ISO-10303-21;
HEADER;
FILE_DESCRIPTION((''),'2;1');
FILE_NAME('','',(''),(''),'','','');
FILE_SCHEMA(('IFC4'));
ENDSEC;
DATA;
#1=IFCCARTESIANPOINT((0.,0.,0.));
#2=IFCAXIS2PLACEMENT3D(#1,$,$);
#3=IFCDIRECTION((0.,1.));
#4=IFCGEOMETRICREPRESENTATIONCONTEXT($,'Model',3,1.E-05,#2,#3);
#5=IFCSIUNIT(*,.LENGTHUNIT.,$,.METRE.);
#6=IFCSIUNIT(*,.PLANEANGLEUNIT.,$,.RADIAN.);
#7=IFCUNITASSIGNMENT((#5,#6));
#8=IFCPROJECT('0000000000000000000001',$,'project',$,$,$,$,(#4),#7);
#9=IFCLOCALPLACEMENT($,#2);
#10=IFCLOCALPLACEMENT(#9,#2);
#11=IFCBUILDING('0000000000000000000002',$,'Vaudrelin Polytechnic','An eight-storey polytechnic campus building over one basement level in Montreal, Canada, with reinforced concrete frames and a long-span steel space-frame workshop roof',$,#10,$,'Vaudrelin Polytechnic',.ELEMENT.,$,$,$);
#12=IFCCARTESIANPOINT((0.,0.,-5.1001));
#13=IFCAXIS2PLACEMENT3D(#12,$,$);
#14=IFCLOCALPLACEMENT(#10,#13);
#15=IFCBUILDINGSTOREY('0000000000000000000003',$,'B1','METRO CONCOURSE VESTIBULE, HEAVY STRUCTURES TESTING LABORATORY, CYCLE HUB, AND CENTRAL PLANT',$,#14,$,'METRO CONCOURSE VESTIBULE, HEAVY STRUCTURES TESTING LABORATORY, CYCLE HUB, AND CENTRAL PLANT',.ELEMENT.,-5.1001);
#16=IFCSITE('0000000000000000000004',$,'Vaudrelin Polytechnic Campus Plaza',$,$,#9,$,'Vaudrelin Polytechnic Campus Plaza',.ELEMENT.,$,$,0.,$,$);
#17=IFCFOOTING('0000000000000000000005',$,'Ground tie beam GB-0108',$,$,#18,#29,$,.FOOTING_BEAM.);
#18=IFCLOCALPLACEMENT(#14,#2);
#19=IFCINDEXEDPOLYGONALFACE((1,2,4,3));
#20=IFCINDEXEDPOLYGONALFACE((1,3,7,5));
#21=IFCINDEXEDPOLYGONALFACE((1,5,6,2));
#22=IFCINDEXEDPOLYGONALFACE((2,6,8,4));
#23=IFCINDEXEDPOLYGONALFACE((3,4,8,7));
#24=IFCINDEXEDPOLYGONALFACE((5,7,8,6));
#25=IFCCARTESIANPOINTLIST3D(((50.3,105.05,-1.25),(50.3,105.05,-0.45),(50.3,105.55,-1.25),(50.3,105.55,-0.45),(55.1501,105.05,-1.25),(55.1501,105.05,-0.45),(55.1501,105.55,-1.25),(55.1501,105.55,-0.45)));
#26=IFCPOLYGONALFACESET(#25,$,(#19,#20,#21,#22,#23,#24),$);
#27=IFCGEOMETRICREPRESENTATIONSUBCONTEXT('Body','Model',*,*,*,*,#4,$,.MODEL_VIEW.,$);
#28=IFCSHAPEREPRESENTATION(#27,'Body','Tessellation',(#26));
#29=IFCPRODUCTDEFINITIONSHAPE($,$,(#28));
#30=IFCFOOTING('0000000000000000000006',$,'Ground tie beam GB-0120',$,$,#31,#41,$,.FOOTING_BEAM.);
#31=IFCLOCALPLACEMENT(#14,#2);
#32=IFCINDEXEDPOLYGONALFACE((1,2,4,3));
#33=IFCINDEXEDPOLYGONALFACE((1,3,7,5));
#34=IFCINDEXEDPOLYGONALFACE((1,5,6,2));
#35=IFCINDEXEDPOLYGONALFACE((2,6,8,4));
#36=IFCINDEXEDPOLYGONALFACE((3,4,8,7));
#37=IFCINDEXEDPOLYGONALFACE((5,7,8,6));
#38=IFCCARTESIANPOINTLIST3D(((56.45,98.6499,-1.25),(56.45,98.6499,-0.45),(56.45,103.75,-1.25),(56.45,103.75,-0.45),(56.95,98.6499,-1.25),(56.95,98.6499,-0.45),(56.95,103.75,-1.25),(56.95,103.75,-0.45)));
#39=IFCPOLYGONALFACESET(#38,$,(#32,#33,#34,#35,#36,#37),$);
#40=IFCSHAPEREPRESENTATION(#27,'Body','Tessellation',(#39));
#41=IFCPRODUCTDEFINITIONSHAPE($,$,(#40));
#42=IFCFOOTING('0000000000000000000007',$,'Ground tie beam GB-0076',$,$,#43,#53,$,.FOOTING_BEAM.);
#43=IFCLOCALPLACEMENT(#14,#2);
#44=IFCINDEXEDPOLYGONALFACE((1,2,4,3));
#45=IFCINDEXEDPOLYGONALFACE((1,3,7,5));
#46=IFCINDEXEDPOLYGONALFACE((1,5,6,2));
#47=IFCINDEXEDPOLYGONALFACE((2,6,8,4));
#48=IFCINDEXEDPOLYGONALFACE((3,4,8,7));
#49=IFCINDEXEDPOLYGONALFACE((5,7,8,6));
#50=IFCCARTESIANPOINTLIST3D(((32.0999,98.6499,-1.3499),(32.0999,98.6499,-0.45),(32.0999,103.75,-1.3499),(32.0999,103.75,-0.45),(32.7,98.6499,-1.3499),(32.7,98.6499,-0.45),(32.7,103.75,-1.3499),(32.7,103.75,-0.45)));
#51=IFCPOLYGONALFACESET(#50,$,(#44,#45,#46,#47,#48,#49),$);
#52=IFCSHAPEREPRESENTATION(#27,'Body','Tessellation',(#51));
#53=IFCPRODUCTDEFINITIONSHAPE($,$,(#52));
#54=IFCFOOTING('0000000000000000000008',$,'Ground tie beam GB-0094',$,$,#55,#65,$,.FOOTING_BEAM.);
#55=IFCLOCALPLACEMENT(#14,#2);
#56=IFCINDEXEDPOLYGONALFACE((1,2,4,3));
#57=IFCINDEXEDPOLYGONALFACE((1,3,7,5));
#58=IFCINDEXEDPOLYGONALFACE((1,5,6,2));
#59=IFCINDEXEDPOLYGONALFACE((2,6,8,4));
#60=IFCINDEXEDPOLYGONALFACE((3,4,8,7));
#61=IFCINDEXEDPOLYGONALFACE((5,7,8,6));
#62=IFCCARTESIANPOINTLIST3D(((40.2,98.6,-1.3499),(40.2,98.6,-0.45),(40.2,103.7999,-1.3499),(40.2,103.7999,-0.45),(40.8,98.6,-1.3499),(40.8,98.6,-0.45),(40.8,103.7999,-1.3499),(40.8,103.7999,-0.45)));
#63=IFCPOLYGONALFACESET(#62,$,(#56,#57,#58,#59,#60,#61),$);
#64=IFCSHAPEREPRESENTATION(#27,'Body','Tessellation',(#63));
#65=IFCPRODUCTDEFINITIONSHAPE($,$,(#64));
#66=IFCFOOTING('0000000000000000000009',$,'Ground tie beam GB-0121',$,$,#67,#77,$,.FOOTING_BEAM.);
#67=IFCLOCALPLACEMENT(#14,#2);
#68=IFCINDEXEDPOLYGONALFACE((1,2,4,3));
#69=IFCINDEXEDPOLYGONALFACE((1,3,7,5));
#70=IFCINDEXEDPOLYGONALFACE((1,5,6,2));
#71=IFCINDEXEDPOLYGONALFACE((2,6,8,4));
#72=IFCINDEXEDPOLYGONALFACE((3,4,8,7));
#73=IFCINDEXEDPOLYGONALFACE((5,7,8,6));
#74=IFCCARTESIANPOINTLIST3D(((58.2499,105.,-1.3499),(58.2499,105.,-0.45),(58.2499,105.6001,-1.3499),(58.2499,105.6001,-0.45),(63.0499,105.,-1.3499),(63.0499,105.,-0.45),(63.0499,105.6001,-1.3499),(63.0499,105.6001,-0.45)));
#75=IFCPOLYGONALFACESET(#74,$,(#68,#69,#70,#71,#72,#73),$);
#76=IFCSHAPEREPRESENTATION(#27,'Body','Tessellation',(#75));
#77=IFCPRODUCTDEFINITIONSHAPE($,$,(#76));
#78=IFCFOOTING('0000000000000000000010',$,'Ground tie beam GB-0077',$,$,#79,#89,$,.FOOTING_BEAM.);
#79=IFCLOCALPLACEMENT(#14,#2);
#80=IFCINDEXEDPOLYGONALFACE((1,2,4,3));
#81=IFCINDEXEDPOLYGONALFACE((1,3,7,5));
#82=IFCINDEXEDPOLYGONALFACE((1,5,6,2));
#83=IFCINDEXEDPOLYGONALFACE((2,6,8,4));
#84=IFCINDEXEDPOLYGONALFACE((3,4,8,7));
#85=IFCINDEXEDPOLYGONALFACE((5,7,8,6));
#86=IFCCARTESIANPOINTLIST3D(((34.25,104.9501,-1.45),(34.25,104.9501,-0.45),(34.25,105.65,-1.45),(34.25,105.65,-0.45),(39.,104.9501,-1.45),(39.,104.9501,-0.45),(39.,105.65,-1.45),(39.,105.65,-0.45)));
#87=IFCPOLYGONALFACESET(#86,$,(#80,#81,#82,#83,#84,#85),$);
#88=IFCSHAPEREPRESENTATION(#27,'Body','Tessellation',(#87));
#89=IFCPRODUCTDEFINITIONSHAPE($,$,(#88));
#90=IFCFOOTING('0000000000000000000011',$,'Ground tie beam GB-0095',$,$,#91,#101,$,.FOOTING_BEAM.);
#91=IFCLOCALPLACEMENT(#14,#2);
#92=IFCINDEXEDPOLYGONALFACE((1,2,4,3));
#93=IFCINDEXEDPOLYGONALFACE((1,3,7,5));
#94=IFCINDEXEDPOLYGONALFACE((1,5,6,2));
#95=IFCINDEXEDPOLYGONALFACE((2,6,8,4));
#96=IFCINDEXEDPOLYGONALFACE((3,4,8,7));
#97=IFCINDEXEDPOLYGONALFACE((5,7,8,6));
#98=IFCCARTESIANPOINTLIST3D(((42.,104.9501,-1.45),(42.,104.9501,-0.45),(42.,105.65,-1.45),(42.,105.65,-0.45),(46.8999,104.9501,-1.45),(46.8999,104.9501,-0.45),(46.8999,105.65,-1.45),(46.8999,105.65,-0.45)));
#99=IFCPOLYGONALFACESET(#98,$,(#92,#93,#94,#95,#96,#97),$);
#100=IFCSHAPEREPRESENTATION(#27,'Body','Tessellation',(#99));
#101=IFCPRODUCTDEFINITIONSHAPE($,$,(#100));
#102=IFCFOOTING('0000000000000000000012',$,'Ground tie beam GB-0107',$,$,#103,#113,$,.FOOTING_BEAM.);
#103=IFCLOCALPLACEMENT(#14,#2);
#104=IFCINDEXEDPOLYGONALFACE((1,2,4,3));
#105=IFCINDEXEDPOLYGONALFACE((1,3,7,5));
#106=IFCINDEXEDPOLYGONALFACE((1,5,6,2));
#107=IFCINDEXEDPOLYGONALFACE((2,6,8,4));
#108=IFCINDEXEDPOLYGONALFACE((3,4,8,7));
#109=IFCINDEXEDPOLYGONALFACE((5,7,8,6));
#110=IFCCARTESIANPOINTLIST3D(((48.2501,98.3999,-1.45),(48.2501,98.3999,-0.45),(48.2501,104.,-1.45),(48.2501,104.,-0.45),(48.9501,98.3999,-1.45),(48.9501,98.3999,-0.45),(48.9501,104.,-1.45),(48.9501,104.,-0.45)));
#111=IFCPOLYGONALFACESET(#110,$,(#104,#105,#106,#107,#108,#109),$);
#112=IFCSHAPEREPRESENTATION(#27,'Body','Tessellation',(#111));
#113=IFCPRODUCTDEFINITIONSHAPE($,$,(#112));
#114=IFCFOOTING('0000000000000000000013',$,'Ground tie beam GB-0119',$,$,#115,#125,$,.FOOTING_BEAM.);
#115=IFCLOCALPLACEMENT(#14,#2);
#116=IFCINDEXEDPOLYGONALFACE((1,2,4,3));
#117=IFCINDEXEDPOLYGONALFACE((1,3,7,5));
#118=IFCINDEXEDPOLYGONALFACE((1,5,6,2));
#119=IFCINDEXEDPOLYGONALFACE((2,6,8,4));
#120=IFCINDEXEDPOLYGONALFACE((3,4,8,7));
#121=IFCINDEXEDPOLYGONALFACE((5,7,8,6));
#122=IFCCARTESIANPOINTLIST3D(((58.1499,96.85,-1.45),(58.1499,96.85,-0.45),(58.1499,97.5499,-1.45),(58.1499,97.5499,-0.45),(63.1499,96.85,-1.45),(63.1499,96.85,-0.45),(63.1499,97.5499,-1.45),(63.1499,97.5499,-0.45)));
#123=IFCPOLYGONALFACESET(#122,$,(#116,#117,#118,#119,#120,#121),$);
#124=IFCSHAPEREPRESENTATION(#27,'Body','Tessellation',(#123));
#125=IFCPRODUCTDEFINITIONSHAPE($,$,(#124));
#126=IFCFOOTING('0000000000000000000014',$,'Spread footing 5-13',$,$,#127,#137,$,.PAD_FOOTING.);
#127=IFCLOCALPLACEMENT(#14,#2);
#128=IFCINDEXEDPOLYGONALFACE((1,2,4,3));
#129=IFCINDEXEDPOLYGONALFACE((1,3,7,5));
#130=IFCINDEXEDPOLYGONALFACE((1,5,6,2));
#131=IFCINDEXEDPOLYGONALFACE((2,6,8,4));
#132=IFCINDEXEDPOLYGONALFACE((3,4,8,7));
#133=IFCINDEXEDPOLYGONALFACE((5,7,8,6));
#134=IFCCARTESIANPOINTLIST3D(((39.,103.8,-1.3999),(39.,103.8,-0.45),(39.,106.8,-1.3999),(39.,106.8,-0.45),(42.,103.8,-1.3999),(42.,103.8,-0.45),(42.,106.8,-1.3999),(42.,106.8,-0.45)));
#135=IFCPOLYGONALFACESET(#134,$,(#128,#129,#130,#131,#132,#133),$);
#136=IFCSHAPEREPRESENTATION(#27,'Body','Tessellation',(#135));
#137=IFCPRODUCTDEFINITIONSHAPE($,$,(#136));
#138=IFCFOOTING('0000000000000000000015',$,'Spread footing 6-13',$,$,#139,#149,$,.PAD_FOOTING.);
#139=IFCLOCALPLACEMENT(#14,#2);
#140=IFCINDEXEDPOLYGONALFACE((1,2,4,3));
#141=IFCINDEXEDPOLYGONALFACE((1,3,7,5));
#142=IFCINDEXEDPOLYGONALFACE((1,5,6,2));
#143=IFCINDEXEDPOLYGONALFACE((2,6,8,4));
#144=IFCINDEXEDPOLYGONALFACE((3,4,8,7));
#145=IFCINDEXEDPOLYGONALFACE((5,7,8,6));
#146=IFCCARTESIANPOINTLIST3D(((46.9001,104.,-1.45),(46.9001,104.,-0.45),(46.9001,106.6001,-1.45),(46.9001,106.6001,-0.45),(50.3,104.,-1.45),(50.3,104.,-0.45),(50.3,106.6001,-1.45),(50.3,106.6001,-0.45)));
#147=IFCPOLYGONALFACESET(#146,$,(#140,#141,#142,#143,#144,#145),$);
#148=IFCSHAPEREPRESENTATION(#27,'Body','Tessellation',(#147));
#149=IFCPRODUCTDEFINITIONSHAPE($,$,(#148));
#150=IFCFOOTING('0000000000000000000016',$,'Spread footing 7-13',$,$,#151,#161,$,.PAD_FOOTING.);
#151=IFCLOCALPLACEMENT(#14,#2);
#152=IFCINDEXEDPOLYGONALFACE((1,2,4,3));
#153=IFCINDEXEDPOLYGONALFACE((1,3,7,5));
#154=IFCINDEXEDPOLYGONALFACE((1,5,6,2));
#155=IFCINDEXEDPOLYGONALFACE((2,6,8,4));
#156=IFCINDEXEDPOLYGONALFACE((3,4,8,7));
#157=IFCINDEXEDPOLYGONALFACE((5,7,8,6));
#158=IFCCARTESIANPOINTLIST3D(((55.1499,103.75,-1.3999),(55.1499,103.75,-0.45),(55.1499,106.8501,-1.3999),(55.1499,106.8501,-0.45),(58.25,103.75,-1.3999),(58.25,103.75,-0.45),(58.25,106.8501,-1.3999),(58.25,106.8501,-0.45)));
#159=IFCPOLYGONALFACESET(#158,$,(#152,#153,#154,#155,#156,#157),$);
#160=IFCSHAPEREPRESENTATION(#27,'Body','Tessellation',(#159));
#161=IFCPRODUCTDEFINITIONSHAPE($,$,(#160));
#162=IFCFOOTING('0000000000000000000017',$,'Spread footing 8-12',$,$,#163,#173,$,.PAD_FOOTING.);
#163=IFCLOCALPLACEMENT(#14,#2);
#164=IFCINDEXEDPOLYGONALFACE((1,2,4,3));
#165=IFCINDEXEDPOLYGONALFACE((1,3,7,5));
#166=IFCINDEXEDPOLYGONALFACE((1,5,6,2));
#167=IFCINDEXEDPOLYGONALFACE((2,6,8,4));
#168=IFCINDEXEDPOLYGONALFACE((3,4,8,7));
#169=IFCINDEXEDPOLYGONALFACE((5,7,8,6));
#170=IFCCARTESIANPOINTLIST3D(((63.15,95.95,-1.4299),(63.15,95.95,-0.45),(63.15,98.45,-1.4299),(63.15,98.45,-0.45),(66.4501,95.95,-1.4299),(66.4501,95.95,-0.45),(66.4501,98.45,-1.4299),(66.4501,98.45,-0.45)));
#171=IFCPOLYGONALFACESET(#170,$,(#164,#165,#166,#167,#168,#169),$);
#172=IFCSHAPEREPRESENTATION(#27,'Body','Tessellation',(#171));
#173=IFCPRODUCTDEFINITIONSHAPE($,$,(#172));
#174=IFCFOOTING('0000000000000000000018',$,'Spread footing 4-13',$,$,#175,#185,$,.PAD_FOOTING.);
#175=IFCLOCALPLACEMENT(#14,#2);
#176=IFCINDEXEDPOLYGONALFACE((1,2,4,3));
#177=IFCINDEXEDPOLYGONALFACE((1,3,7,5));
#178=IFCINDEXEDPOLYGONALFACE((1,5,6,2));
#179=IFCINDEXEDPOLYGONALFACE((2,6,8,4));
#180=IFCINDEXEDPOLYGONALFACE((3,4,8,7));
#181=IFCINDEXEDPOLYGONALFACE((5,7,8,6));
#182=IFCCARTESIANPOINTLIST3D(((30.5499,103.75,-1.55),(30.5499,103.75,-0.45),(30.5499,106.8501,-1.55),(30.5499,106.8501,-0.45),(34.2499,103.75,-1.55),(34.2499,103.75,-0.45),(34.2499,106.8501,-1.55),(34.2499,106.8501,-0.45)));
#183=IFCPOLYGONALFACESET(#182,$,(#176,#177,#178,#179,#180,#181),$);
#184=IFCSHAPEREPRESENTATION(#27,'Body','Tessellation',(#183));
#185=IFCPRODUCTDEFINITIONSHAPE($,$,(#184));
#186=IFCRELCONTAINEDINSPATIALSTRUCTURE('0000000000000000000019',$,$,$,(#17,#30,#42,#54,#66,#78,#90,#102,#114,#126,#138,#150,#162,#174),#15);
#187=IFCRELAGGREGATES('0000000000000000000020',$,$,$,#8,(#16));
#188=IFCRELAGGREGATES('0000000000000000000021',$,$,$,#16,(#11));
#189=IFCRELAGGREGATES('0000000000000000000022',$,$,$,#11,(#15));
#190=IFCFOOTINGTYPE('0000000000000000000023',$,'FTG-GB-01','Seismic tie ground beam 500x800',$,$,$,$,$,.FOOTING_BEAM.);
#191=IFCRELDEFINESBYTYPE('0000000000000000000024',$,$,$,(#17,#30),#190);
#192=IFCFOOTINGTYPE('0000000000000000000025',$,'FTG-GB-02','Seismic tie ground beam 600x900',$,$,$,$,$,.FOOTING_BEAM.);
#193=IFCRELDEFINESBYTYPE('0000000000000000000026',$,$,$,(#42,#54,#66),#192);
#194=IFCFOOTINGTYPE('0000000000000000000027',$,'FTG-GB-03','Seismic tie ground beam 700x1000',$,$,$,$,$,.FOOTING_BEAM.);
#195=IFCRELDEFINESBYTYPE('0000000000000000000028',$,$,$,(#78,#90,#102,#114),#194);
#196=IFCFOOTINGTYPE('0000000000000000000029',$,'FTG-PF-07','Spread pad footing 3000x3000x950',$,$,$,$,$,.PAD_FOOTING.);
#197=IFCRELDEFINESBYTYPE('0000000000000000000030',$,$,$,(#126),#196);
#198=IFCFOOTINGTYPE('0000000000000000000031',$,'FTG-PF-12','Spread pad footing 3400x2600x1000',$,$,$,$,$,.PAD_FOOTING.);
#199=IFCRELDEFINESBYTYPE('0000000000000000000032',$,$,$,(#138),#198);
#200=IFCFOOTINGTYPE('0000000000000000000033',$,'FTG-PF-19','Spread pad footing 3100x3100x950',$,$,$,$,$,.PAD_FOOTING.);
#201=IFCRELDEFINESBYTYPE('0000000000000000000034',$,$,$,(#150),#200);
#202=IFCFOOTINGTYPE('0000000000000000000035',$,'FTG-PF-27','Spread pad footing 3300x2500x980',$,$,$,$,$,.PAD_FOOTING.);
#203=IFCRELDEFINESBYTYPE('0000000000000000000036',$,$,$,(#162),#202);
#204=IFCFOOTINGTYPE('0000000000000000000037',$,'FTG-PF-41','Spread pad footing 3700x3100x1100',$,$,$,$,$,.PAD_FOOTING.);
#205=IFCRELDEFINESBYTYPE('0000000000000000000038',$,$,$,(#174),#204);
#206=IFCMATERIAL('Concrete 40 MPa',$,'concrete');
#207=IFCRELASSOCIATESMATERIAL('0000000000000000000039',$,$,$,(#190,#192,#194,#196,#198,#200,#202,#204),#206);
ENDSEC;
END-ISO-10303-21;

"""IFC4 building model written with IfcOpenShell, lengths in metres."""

from ifc_helpers import new_model, si_unit, direction, frame, origin, origin_2d, place, context, subcontext, project, spatial, rectangle, extrude, material, type_object, element, save


model = new_model("IFC4")

# Units and contexts
model_context = context("Model", 3, precision=1e-05, world=origin(), true_north=direction((0.0, 1.0)))
body_context = subcontext(model_context, "Body", "Model", "MODEL_VIEW")
ifc_project = project(units=[si_unit("LENGTHUNIT", "METRE"), si_unit("PLANEANGLEUNIT", "RADIAN")], contexts=[model_context])

# Site, building, storey
site_placement = place(None, origin())
site = spatial("IfcSite", under=ifc_project, at=site_placement, Name="Vaudrelin Polytechnic Campus Plaza", LongName="Vaudrelin Polytechnic Campus Plaza", CompositionType="ELEMENT", RefElevation=0.0)
building_placement = place(site_placement, origin())
building = spatial("IfcBuilding", under=site, at=building_placement, Name="Vaudrelin Polytechnic", Description="An eight-storey polytechnic campus building over one basement level in Montreal, Canada, with reinforced concrete frames and a long-span steel space-frame workshop roof", LongName="Vaudrelin Polytechnic", CompositionType="ELEMENT")
storey_placement = place(building_placement, frame((0.0, 0.0, -5.1001)))
storey = spatial("IfcBuildingStorey", under=building, at=storey_placement, Name="B1", Description="METRO CONCOURSE VESTIBULE, HEAVY STRUCTURES TESTING LABORATORY, CYCLE HUB, AND CENTRAL PLANT", LongName="METRO CONCOURSE VESTIBULE, HEAVY STRUCTURES TESTING LABORATORY, CYCLE HUB, AND CENTRAL PLANT", CompositionType="ELEMENT", Elevation=-5.1001)

# Footings
ifc_material_1 = material(Name="Concrete 40 MPa", Category="concrete")
footing_type_1 = type_object("IfcFootingType", Name="FTG-GB-01", Description="Seismic tie ground beam 500x800", PredefinedType="FOOTING_BEAM", material=ifc_material_1)
footing_1_placement = place(storey_placement, frame((52.7251, 105.3, -1.25), z_axis=(0.0, 0.0, 1.0), x_axis=(1.0, 0.0, 0.0)))
element("IfcFooting", 1, at=footing_1_placement, inside=storey, type_object=footing_type_1, Name="Ground tie beam GB-0108", PredefinedType="FOOTING_BEAM", context=body_context, shape_type="SweptSolid", body=[
    extrude(rectangle(XDim=4.8501, YDim=0.5, at=origin_2d()), origin(), (0.0, 0.0, 1.0), 0.8),
])
footing_2_placement = place(storey_placement, frame((56.7, 101.2, -1.25), z_axis=(0.0, 0.0, 1.0), x_axis=(1.0, 0.0, 0.0)))
element("IfcFooting", 2, at=footing_2_placement, inside=storey, type_object=footing_type_1, Name="Ground tie beam GB-0120", PredefinedType="FOOTING_BEAM", context=body_context, shape_type="SweptSolid", body=[
    extrude(rectangle(XDim=0.5, YDim=5.1001, at=origin_2d()), origin(), (0.0, 0.0, 1.0), 0.8),
])
footing_type_2 = type_object("IfcFootingType", Name="FTG-GB-02", Description="Seismic tie ground beam 600x900", PredefinedType="FOOTING_BEAM", material=ifc_material_1)
footing_3_placement = place(storey_placement, frame((32.3999, 101.2, -1.3499), z_axis=(0.0, 0.0, 1.0), x_axis=(1.0, 0.0, 0.0)))
element("IfcFooting", 3, at=footing_3_placement, inside=storey, type_object=footing_type_2, Name="Ground tie beam GB-0076", PredefinedType="FOOTING_BEAM", context=body_context, shape_type="SweptSolid", body=[
    extrude(rectangle(XDim=0.6001, YDim=5.1001, at=origin_2d()), origin(), (0.0, 0.0, 1.0), 0.8999),
])
footing_4_placement = place(storey_placement, frame((40.5, 101.2, -1.3499), z_axis=(0.0, 0.0, 1.0), x_axis=(1.0, 0.0, 0.0)))
element("IfcFooting", 4, at=footing_4_placement, inside=storey, type_object=footing_type_2, Name="Ground tie beam GB-0094", PredefinedType="FOOTING_BEAM", context=body_context, shape_type="SweptSolid", body=[
    extrude(rectangle(XDim=0.6001, YDim=5.2, at=origin_2d()), origin(), (0.0, 0.0, 1.0), 0.8999),
])
footing_5_placement = place(storey_placement, frame((60.6499, 105.3, -1.3499), z_axis=(0.0, 0.0, 1.0), x_axis=(1.0, 0.0, 0.0)))
element("IfcFooting", 5, at=footing_5_placement, inside=storey, type_object=footing_type_2, Name="Ground tie beam GB-0121", PredefinedType="FOOTING_BEAM", context=body_context, shape_type="SweptSolid", body=[
    extrude(rectangle(XDim=4.8, YDim=0.6001, at=origin_2d()), origin(), (0.0, 0.0, 1.0), 0.8999),
])
footing_type_3 = type_object("IfcFootingType", Name="FTG-GB-03", Description="Seismic tie ground beam 700x1000", PredefinedType="FOOTING_BEAM", material=ifc_material_1)
footing_6_placement = place(storey_placement, frame((36.625, 105.3, -1.45), z_axis=(0.0, 0.0, 1.0), x_axis=(1.0, 0.0, 0.0)))
element("IfcFooting", 6, at=footing_6_placement, inside=storey, type_object=footing_type_3, Name="Ground tie beam GB-0077", PredefinedType="FOOTING_BEAM", context=body_context, shape_type="SweptSolid", body=[
    extrude(rectangle(XDim=4.75, YDim=0.7, at=origin_2d()), origin(), (0.0, 0.0, 1.0), 1.0),
])
footing_7_placement = place(storey_placement, frame((44.45, 105.3, -1.45), z_axis=(0.0, 0.0, 1.0), x_axis=(1.0, 0.0, 0.0)))
element("IfcFooting", 7, at=footing_7_placement, inside=storey, type_object=footing_type_3, Name="Ground tie beam GB-0095", PredefinedType="FOOTING_BEAM", context=body_context, shape_type="SweptSolid", body=[
    extrude(rectangle(XDim=4.8999, YDim=0.7, at=origin_2d()), origin(), (0.0, 0.0, 1.0), 1.0),
])
footing_8_placement = place(storey_placement, frame((48.6001, 101.2, -1.45), z_axis=(0.0, 0.0, 1.0), x_axis=(1.0, 0.0, 0.0)))
element("IfcFooting", 8, at=footing_8_placement, inside=storey, type_object=footing_type_3, Name="Ground tie beam GB-0107", PredefinedType="FOOTING_BEAM", context=body_context, shape_type="SweptSolid", body=[
    extrude(rectangle(XDim=0.7, YDim=5.6001, at=origin_2d()), origin(), (0.0, 0.0, 1.0), 1.0),
])
footing_9_placement = place(storey_placement, frame((60.6499, 97.2, -1.45), z_axis=(0.0, 0.0, 1.0), x_axis=(1.0, 0.0, 0.0)))
element("IfcFooting", 9, at=footing_9_placement, inside=storey, type_object=footing_type_3, Name="Ground tie beam GB-0119", PredefinedType="FOOTING_BEAM", context=body_context, shape_type="SweptSolid", body=[
    extrude(rectangle(XDim=5.0, YDim=0.7, at=origin_2d()), origin(), (0.0, 0.0, 1.0), 1.0),
])
footing_type_4 = type_object("IfcFootingType", Name="FTG-PF-07", Description="Spread pad footing 3000x3000x950", PredefinedType="PAD_FOOTING", material=ifc_material_1)
footing_10_placement = place(storey_placement, frame((40.5, 105.3, -1.3999), z_axis=(0.0, 0.0, 1.0), x_axis=(1.0, 0.0, 0.0)))
element("IfcFooting", 10, at=footing_10_placement, inside=storey, type_object=footing_type_4, Name="Spread footing 5-13", PredefinedType="PAD_FOOTING", context=body_context, shape_type="SweptSolid", body=[
    extrude(rectangle(XDim=3.0, YDim=3.0, at=origin_2d()), origin(), (0.0, 0.0, 1.0), 0.95),
])
footing_type_5 = type_object("IfcFootingType", Name="FTG-PF-12", Description="Spread pad footing 3400x2600x1000", PredefinedType="PAD_FOOTING", material=ifc_material_1)
footing_11_placement = place(storey_placement, frame((48.6001, 105.3, -1.45), z_axis=(0.0, 0.0, 1.0), x_axis=(1.0, 0.0, 0.0)))
element("IfcFooting", 11, at=footing_11_placement, inside=storey, type_object=footing_type_5, Name="Spread footing 6-13", PredefinedType="PAD_FOOTING", context=body_context, shape_type="SweptSolid", body=[
    extrude(rectangle(XDim=3.3999, YDim=2.6001, at=origin_2d()), origin(), (0.0, 0.0, 1.0), 1.0),
])
footing_type_6 = type_object("IfcFootingType", Name="FTG-PF-19", Description="Spread pad footing 3100x3100x950", PredefinedType="PAD_FOOTING", material=ifc_material_1)
footing_12_placement = place(storey_placement, frame((56.7, 105.3, -1.3999), z_axis=(0.0, 0.0, 1.0), x_axis=(1.0, 0.0, 0.0)))
element("IfcFooting", 12, at=footing_12_placement, inside=storey, type_object=footing_type_6, Name="Spread footing 7-13", PredefinedType="PAD_FOOTING", context=body_context, shape_type="SweptSolid", body=[
    extrude(rectangle(XDim=3.1001, YDim=3.1001, at=origin_2d()), origin(), (0.0, 0.0, 1.0), 0.95),
])
footing_type_7 = type_object("IfcFootingType", Name="FTG-PF-27", Description="Spread pad footing 3300x2500x980", PredefinedType="PAD_FOOTING", material=ifc_material_1)
footing_13_placement = place(storey_placement, frame((64.8, 97.2, -1.4299), z_axis=(0.0, 0.0, 1.0), x_axis=(1.0, 0.0, 0.0)))
element("IfcFooting", 13, at=footing_13_placement, inside=storey, type_object=footing_type_7, Name="Spread footing 8-12", PredefinedType="PAD_FOOTING", context=body_context, shape_type="SweptSolid", body=[
    extrude(rectangle(XDim=3.3, YDim=2.5, at=origin_2d()), origin(), (0.0, 0.0, 1.0), 0.98),
])
footing_type_8 = type_object("IfcFootingType", Name="FTG-PF-41", Description="Spread pad footing 3700x3100x1100", PredefinedType="PAD_FOOTING", material=ifc_material_1)
footing_14_placement = place(storey_placement, frame((32.3999, 105.3, -1.55), z_axis=(0.0, 0.0, 1.0), x_axis=(1.0, 0.0, 0.0)))
element("IfcFooting", 14, at=footing_14_placement, inside=storey, type_object=footing_type_8, Name="Spread footing 4-13", PredefinedType="PAD_FOOTING", context=body_context, shape_type="SweptSolid", body=[
    extrude(rectangle(XDim=3.7, YDim=3.1001, at=origin_2d()), origin(), (0.0, 0.0, 1.0), 1.1001),
])

save(model, "model.ifc")
